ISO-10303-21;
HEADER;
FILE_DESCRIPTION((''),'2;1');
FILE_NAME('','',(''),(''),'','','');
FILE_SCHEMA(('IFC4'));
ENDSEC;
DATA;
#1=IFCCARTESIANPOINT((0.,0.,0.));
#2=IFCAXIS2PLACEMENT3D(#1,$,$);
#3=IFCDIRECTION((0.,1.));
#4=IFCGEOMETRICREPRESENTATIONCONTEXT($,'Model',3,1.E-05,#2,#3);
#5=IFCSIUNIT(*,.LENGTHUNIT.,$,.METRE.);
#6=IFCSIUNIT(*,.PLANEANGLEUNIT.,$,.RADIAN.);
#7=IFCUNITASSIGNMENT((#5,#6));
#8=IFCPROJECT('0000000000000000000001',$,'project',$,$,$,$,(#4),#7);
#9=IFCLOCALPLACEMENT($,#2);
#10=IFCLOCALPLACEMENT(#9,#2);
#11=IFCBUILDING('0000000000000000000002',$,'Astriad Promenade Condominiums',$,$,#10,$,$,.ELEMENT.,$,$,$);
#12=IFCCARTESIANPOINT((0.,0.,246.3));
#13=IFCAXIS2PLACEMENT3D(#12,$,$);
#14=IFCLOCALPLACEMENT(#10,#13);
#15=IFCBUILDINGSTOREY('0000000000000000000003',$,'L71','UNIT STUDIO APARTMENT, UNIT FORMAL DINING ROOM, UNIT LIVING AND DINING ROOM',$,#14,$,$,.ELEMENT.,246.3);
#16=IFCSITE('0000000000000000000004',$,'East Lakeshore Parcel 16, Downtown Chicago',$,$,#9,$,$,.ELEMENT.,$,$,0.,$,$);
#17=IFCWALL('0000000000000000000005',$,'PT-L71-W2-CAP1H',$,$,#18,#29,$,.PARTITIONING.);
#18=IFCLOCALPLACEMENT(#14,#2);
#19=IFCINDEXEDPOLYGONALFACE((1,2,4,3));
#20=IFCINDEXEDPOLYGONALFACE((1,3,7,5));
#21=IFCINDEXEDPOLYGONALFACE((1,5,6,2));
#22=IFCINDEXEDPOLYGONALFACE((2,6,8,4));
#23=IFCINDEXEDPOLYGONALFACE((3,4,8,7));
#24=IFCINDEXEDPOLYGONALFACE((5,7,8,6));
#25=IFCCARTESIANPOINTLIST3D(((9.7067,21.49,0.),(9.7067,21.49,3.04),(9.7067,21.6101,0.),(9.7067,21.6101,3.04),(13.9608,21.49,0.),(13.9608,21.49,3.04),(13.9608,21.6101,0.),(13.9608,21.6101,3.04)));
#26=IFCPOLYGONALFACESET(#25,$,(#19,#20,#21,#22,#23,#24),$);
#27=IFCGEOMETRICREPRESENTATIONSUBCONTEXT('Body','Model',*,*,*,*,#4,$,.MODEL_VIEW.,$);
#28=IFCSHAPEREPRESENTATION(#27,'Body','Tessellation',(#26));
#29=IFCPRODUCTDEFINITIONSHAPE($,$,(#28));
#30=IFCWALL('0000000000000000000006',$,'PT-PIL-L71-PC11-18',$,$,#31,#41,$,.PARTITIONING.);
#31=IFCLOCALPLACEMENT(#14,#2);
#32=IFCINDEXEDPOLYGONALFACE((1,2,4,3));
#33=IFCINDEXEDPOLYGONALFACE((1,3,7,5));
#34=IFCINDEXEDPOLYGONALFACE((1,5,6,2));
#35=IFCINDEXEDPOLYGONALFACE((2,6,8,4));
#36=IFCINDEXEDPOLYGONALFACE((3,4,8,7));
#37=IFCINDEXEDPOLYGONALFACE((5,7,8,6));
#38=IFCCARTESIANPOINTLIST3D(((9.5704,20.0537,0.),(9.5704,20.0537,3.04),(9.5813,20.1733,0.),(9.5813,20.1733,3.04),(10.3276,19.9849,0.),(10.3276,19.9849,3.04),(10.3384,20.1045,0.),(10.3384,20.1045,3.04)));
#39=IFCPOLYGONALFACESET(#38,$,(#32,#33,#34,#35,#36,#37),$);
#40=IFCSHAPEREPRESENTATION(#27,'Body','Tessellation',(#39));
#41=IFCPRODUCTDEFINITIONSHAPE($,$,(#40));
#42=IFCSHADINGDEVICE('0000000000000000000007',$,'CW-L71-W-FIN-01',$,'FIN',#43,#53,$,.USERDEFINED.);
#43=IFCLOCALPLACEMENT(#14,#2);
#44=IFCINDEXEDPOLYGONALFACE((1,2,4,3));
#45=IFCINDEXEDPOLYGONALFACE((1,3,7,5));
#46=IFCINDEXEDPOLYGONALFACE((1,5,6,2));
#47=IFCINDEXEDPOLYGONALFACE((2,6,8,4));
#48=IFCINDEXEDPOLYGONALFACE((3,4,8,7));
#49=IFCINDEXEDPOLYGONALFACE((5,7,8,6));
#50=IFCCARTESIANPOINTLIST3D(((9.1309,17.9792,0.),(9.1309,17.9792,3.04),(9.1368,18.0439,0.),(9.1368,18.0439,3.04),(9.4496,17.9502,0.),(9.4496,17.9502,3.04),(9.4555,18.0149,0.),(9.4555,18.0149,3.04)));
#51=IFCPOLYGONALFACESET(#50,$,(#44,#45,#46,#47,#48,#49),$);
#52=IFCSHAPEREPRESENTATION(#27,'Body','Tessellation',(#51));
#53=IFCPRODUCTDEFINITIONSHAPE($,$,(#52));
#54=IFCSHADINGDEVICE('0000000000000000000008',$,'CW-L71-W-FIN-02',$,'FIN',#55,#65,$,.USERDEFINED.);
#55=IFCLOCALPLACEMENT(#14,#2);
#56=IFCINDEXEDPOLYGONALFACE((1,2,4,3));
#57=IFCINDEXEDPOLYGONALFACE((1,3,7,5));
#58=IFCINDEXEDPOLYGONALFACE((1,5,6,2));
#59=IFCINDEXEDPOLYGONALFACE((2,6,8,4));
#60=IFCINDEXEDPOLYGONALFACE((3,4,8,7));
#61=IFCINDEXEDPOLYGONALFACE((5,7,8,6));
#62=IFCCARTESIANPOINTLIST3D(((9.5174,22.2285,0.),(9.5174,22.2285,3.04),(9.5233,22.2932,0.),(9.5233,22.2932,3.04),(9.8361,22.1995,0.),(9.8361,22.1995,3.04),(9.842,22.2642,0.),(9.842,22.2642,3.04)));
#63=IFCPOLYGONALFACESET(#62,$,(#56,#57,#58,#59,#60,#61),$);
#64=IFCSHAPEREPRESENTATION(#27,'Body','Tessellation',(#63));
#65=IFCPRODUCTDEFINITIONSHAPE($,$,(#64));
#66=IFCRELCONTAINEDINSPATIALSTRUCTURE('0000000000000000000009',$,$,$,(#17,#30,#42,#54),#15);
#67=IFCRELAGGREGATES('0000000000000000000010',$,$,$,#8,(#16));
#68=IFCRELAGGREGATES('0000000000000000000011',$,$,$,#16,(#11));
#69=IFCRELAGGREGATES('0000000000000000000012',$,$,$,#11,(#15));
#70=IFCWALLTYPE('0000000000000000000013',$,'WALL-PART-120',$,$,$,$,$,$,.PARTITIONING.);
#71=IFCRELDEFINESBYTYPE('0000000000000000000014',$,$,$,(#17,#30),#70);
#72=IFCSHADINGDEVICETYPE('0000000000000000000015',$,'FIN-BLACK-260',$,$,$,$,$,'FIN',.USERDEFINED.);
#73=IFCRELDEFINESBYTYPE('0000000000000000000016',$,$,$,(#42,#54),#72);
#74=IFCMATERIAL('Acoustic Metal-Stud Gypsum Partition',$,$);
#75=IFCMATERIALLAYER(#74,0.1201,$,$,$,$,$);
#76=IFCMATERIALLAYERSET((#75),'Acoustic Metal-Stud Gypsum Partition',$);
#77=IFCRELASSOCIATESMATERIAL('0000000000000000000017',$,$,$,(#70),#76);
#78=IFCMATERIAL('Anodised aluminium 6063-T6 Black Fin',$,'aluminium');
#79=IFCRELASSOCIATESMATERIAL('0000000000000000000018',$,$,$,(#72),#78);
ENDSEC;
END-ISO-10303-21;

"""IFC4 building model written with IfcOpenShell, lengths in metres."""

from ifc_helpers import new_model, si_unit, direction, frame, frame_2d, origin, origin_2d, place, context, subcontext, project, spatial, rectangle, extrude, source, transform, mapped, material, layer, layer_set, type_object, type_shapes, element, save


model = new_model("IFC4")

# Units and contexts
model_context = context("Model", 3, precision=1e-05, world=origin(), true_north=direction((0.0, 1.0)))
body_context = subcontext(model_context, "Body", "Model", "MODEL_VIEW")
ifc_project = project(units=[si_unit("LENGTHUNIT", "METRE"), si_unit("PLANEANGLEUNIT", "RADIAN")], contexts=[model_context])

# Site, building, storey
site_placement = place(None, origin())
site = spatial("IfcSite", under=ifc_project, at=site_placement, Name="East Lakeshore Parcel 16, Downtown Chicago", CompositionType="ELEMENT", RefElevation=0.0)
building_placement = place(site_placement, origin())
building = spatial("IfcBuilding", under=site, at=building_placement, Name="Astriad Promenade Condominiums", CompositionType="ELEMENT")
storey_placement = place(building_placement, frame((0.0, 0.0, 246.3)))
storey = spatial("IfcBuildingStorey", under=building, at=storey_placement, Name="L71", Description="UNIT STUDIO APARTMENT, UNIT FORMAL DINING ROOM, UNIT LIVING AND DINING ROOM", CompositionType="ELEMENT", Elevation=246.3)

# Walls
ifc_material_1 = material(Name="Acoustic Metal-Stud Gypsum Partition")
ifc_layer_1 = layer(ifc_material_1, 0.1201)
ifc_layer_set_1 = layer_set([ifc_layer_1], Name="Acoustic Metal-Stud Gypsum Partition")
wall_type_1 = type_object("IfcWallType", Name="WALL-PART-120", PredefinedType="PARTITIONING", material=ifc_layer_set_1)
wall_1_placement = place(storey_placement, frame((9.7068, 21.55, 0.0), z_axis=(0.0, 0.0, 1.0), x_axis=(1.0, 0.0, 0.0)))
element("IfcWall", 1, at=wall_1_placement, inside=storey, type_object=wall_type_1, Name="PT-L71-W2-CAP1H", PredefinedType="PARTITIONING", context=body_context, shape_type="SweptSolid", body=[
    extrude(rectangle(XDim=4.2542, YDim=0.1201, at=frame_2d((2.127, 0.0))), origin(), (0.0, 0.0, 1.0), 3.04),
])
wall_2_placement = place(storey_placement, frame((10.333, 20.0447, 0.0), z_axis=(0.0, 0.0, 1.0), x_axis=(-0.995891, 0.090565, 0.0)))
element("IfcWall", 2, at=wall_2_placement, inside=storey, type_object=wall_type_1, Name="PT-PIL-L71-PC11-18", PredefinedType="PARTITIONING", context=body_context, shape_type="SweptSolid", body=[
    extrude(rectangle(XDim=0.7603, YDim=0.1201, at=frame_2d((0.3801, 0.0))), origin(), (0.0, 0.0, 1.0), 3.04),
])

# Shading devices
ifc_material_2 = material(Name="Anodised aluminium 6063-T6 Black Fin", Category="aluminium")
shading_device_type = type_object("IfcShadingDeviceType", Name="FIN-BLACK-260", ElementType="FIN", PredefinedType="USERDEFINED", material=ifc_material_2)
shared_shape_1 = source(origin(), body_context, "Body", "SweptSolid", [
    extrude(rectangle(XDim=0.0649, YDim=0.3201, at=origin_2d()), origin(), (0.0, 0.0, 1.0), 3.04),
])
type_shapes(shading_device_type, [shared_shape_1])
for number, where, z_axis, x_axis, name in (
    (3, (9.2932, 17.9971, 0.0), (0.0, 0.0, 1.0), (0.090633, 0.995884, 0.0), "CW-L71-W-FIN-01"),
    (4, (9.6797, 22.2463, 0.0), (0.0, 0.0, 1.0), (0.090633, 0.995884, 0.0), "CW-L71-W-FIN-02"),
):
    element("IfcShadingDevice", number, at=place(storey_placement, frame(where, z_axis=z_axis, x_axis=x_axis)), inside=storey, type_object=shading_device_type, Name=name, ObjectType="FIN", PredefinedType="USERDEFINED", context=body_context, shape_type="MappedRepresentation", body=[
        mapped(shared_shape_1, transform((0.0, 0.0, 0.0), scale=1.0)),
    ])

save(model, "model.ifc")
